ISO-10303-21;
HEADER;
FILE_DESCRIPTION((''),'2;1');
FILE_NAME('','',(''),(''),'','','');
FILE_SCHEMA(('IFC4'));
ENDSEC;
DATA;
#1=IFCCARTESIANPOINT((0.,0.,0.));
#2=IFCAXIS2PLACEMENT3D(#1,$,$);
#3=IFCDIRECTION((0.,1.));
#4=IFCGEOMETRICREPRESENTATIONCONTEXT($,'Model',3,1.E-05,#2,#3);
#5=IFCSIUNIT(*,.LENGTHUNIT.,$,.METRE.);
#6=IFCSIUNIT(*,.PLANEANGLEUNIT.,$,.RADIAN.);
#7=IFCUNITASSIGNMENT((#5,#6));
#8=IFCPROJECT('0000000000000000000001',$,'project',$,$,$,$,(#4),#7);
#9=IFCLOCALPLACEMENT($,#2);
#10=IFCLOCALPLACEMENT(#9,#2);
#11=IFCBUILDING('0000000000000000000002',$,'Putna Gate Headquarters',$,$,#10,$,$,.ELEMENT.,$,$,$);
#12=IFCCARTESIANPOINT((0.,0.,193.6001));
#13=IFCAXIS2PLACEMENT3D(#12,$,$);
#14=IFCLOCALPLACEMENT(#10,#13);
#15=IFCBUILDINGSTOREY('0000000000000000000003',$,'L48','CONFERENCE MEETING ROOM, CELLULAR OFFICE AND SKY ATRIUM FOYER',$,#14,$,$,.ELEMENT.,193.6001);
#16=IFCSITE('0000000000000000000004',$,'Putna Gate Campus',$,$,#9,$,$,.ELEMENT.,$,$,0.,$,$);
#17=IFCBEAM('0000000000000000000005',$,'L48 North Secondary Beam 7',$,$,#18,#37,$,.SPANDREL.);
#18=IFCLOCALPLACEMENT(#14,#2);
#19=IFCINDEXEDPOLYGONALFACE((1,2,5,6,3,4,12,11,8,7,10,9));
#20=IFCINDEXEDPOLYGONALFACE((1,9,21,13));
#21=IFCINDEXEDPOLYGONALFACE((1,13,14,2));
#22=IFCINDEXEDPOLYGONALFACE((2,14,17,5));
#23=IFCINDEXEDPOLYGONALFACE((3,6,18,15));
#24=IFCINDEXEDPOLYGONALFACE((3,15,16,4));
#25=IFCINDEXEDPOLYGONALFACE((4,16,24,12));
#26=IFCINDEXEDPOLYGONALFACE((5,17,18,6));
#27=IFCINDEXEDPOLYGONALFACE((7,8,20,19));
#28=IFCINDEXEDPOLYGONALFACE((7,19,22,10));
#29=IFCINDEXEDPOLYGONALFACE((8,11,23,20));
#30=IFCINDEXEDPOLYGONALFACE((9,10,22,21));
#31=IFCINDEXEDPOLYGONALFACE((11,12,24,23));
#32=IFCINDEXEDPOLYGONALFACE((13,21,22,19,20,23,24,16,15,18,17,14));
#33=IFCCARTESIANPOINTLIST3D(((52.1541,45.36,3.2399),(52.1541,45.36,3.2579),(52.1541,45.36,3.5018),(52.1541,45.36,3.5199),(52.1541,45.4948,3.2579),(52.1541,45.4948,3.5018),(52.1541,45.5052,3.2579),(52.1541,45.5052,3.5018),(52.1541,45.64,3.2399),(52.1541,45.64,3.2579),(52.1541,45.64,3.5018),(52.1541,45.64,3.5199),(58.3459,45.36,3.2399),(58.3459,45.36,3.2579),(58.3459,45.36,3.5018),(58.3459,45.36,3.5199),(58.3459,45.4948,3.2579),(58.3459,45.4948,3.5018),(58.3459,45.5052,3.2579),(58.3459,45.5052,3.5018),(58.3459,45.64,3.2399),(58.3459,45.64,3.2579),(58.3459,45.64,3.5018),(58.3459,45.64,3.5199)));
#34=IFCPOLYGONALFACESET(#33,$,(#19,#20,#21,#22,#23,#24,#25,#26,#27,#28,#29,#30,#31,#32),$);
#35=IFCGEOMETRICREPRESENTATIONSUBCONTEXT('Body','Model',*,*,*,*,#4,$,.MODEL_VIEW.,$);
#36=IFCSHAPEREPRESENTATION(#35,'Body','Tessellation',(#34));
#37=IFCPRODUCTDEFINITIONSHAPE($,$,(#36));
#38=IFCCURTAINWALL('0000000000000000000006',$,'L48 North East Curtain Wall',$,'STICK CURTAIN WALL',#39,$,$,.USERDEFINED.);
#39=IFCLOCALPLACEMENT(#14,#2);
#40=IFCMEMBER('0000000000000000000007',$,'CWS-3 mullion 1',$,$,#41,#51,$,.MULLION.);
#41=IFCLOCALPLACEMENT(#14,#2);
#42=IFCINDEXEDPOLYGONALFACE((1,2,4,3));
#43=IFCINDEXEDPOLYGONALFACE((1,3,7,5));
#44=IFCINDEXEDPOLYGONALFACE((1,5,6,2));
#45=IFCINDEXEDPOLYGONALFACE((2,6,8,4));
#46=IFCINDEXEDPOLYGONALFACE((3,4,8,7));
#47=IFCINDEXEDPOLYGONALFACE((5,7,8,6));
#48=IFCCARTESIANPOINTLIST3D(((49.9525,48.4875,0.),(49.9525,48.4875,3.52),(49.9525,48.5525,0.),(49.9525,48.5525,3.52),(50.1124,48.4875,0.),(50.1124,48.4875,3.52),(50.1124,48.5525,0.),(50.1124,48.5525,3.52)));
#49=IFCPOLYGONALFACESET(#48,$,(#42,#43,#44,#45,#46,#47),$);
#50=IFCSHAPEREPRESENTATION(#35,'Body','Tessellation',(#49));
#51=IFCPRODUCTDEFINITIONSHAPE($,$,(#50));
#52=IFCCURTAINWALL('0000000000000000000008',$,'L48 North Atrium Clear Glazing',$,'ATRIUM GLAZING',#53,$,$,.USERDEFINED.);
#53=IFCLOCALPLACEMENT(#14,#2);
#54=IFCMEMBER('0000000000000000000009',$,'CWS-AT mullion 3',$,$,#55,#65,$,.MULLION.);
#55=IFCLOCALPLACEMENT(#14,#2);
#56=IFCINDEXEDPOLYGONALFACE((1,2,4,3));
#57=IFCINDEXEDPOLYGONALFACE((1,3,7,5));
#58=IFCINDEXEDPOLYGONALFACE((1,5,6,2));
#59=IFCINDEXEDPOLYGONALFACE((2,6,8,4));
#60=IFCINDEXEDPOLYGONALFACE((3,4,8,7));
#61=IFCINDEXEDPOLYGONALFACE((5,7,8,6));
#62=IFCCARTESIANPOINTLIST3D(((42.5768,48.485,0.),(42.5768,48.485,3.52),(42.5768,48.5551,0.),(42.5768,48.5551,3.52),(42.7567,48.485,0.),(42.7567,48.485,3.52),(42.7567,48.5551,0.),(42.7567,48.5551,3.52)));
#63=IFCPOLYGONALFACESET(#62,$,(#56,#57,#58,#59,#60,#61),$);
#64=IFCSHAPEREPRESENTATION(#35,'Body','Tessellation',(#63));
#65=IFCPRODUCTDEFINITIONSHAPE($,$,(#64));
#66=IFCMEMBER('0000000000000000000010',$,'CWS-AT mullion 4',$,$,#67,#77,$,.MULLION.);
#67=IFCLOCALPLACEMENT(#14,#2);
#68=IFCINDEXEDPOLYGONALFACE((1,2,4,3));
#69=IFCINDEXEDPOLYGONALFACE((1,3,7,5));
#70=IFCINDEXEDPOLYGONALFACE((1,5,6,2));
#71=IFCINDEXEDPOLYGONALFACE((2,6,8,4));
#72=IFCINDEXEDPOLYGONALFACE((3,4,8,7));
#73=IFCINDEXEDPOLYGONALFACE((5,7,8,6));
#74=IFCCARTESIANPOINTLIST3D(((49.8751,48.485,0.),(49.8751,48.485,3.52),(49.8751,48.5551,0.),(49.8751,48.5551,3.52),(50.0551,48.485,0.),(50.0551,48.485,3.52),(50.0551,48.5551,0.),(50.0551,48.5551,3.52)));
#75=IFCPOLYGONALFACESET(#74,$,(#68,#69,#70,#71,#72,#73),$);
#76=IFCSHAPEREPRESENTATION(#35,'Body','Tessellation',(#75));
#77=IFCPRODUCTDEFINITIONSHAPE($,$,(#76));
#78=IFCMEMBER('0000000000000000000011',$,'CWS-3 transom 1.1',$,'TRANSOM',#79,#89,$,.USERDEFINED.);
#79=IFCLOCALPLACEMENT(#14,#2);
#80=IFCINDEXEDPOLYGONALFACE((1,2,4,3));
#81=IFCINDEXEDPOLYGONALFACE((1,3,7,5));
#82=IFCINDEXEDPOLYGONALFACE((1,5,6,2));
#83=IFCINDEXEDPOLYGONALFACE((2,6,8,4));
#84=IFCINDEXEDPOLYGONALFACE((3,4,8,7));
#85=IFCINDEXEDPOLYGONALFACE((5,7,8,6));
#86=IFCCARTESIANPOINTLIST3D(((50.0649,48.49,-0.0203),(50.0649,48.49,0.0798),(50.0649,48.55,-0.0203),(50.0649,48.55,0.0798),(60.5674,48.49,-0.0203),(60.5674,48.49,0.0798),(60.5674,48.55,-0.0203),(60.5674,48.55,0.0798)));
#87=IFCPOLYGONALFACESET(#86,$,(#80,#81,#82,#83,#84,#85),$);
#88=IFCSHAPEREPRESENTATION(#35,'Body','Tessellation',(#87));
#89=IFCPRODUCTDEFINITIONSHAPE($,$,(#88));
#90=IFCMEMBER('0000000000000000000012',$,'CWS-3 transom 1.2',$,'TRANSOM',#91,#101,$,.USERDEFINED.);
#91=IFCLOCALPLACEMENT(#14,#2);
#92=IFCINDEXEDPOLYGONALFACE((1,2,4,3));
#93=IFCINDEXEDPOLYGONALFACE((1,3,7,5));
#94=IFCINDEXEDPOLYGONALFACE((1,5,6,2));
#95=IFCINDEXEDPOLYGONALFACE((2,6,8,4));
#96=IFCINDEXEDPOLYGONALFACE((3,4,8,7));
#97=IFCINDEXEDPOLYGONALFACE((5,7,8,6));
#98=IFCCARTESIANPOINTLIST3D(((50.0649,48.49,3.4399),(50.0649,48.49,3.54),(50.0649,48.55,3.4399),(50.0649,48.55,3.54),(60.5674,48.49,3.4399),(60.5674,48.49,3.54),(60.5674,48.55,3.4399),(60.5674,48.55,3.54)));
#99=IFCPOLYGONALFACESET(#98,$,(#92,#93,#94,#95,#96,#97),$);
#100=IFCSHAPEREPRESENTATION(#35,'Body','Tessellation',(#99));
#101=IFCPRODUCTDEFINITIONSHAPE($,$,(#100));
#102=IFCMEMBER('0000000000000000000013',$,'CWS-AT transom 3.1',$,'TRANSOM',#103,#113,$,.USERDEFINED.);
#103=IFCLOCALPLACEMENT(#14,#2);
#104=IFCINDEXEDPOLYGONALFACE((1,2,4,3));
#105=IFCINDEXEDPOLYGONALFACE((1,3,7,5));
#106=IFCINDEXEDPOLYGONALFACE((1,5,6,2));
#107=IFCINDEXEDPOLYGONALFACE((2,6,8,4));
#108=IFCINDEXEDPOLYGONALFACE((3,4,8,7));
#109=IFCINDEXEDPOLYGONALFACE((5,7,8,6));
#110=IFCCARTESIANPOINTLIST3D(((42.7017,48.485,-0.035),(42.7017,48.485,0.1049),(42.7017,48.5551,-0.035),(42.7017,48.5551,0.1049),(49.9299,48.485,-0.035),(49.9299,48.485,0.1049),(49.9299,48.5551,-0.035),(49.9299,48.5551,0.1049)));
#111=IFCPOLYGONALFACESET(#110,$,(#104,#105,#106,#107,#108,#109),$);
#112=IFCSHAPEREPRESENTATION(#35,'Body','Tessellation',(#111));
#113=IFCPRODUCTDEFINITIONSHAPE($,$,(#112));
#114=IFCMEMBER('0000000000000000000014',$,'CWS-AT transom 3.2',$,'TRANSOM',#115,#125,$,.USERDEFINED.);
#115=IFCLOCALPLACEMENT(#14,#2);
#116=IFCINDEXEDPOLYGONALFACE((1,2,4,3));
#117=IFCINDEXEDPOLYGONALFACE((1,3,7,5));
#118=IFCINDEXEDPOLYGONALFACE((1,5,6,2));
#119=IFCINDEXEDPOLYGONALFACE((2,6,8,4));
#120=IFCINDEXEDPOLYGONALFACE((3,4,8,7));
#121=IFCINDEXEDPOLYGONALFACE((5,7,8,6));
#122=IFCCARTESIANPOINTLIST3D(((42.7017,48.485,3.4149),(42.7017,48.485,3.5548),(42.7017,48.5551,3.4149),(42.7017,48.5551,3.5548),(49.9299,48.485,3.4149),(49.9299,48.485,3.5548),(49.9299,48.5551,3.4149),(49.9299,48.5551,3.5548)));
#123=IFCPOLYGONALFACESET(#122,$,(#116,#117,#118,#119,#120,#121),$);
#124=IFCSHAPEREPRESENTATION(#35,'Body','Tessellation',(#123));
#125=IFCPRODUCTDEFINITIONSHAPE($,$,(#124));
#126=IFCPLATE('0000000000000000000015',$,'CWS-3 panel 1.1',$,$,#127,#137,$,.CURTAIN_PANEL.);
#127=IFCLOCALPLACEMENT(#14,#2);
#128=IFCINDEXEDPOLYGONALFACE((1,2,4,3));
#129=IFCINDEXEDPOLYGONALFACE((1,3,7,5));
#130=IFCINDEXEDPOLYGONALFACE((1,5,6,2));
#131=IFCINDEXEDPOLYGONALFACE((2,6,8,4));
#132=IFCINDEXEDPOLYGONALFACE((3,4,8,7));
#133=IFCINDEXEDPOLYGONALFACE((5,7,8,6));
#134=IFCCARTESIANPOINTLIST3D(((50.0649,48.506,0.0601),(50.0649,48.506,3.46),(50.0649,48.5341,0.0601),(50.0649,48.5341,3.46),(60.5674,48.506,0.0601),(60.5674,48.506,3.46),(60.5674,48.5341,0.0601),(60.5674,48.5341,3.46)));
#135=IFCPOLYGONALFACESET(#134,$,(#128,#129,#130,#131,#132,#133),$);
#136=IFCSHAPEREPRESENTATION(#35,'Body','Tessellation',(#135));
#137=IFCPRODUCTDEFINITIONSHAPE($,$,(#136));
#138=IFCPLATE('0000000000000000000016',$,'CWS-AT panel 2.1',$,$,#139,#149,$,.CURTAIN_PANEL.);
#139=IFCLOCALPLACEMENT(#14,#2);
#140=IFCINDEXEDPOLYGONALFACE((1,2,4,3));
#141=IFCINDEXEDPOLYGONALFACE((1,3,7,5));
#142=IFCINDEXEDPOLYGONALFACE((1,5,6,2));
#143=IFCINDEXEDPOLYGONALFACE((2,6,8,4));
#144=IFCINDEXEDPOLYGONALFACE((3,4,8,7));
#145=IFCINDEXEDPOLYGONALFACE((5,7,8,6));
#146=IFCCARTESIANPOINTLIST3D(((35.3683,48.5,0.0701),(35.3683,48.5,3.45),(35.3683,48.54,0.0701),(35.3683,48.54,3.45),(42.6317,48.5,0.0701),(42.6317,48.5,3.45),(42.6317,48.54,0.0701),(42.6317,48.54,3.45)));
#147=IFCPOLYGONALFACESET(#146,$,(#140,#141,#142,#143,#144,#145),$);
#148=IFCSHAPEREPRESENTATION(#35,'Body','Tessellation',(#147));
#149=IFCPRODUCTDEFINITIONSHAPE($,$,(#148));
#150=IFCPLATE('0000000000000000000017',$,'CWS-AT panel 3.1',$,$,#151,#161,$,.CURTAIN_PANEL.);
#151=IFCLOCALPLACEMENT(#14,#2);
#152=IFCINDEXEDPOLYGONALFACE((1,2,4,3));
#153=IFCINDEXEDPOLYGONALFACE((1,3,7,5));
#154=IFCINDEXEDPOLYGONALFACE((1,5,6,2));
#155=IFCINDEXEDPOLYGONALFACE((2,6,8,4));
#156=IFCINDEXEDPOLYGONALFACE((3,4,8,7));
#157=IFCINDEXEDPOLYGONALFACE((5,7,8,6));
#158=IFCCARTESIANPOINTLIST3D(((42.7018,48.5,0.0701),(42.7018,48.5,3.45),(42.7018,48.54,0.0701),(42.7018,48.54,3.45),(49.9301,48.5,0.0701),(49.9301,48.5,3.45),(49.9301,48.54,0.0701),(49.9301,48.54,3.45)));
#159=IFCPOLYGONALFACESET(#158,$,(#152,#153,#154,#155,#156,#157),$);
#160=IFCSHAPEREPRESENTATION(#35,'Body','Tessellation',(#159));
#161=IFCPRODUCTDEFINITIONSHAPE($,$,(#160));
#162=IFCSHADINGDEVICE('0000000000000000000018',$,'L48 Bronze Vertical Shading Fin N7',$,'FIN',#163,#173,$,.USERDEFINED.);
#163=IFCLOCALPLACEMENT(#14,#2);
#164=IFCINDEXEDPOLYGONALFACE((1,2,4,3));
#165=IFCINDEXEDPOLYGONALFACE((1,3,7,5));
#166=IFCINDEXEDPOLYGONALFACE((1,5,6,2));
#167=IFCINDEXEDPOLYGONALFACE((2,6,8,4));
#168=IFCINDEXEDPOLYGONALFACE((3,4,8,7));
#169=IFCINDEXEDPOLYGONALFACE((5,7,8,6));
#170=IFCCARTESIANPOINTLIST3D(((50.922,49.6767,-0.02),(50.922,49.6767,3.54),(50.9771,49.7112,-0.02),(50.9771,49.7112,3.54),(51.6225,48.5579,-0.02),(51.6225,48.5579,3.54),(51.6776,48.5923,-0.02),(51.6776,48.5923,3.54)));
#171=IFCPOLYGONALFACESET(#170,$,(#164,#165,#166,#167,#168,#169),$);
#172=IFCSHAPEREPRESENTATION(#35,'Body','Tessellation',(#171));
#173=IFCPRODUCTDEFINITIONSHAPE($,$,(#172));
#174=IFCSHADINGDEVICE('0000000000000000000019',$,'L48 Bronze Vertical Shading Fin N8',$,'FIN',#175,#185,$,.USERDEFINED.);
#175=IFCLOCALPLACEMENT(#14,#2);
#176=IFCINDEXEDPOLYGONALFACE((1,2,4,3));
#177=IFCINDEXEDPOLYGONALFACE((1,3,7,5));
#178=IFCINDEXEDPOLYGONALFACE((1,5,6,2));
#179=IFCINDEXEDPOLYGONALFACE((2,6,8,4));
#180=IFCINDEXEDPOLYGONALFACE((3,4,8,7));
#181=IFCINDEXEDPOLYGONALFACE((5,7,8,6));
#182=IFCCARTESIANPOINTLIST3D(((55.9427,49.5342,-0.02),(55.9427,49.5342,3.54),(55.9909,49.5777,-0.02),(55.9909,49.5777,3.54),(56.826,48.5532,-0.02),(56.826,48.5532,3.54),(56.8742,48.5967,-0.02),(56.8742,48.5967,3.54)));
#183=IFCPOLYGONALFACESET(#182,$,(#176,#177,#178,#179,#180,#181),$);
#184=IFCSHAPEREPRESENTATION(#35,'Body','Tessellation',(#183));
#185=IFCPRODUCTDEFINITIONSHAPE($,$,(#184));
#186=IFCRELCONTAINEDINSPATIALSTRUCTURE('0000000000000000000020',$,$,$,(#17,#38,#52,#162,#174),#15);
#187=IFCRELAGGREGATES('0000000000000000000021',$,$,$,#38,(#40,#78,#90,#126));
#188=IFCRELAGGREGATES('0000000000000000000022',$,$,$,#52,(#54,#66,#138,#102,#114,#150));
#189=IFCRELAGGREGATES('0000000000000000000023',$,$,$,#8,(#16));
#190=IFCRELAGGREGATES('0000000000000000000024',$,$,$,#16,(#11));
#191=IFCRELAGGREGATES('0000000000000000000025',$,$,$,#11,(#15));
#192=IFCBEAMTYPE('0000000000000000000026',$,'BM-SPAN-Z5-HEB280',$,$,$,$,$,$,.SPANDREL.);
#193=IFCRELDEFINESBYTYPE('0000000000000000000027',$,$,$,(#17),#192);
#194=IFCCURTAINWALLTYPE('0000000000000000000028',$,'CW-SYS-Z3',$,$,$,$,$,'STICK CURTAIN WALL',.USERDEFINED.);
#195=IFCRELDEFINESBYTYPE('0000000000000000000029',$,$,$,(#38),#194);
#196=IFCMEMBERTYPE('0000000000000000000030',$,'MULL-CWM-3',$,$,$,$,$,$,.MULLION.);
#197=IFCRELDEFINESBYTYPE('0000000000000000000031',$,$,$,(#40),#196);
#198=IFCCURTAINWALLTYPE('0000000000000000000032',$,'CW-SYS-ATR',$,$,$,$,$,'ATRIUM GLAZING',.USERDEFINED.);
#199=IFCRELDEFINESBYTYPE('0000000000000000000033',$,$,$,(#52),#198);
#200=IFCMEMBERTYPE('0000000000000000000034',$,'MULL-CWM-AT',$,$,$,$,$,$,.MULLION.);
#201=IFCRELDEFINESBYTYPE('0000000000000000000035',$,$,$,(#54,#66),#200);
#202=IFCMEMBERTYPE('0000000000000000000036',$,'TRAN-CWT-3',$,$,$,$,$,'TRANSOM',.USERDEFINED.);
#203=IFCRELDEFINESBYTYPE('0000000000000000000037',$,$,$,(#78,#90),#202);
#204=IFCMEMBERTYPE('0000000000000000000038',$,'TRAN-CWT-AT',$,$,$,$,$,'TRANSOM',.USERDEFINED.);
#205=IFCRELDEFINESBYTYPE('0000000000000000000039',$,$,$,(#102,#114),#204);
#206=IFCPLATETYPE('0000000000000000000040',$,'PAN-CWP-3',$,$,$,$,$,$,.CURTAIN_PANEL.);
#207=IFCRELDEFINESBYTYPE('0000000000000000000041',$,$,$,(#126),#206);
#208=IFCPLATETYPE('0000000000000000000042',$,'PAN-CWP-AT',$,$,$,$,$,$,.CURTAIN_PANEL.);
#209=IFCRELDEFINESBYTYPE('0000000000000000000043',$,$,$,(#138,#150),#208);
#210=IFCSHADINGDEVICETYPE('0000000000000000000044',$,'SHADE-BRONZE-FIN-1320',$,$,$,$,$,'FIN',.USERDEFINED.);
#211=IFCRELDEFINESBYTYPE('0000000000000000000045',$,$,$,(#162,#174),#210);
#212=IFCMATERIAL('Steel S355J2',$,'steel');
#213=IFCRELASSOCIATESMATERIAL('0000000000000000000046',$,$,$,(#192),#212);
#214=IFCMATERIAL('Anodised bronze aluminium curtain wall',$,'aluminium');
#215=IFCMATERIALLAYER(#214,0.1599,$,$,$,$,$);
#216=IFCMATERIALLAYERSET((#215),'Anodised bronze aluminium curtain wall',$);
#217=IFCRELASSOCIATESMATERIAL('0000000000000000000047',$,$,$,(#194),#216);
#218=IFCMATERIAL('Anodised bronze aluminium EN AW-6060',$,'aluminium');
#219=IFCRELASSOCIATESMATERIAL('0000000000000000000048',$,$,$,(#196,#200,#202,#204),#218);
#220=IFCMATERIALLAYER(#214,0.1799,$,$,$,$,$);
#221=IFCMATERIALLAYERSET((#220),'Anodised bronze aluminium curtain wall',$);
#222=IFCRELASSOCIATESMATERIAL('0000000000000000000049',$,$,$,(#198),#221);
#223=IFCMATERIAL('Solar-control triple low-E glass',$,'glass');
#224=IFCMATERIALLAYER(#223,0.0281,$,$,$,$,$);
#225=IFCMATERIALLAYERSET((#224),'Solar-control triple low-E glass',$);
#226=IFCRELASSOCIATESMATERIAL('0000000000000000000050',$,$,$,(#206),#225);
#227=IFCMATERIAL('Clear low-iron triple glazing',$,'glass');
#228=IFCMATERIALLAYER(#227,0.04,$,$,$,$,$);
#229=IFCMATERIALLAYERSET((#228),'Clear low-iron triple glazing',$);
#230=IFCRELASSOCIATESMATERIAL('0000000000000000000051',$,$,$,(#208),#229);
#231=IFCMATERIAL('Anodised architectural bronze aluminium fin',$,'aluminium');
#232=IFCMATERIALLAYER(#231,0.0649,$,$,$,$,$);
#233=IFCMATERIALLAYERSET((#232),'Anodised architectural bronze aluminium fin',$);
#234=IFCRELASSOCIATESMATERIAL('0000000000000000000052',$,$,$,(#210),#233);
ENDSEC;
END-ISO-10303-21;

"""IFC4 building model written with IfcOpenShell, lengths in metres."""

from ifc_helpers import new_model, si_unit, direction, frame, origin, origin_2d, place, context, subcontext, project, spatial, rectangle, i_section, extrude, material, layer, layer_set, material_profile, profile_set, type_object, element, aggregate, save


model = new_model("IFC4")

# Units and contexts
model_context = context("Model", 3, precision=1e-05, world=origin(), true_north=direction((0.0, 1.0)))
body_context = subcontext(model_context, "Body", "Model", "MODEL_VIEW")
ifc_project = project(units=[si_unit("LENGTHUNIT", "METRE"), si_unit("PLANEANGLEUNIT", "RADIAN")], contexts=[model_context])

# Site, building, storey
site_placement = place(None, origin())
site = spatial("IfcSite", under=ifc_project, at=site_placement, Name="Putna Gate Campus", CompositionType="ELEMENT", RefElevation=0.0)
building_placement = place(site_placement, origin())
building = spatial("IfcBuilding", under=site, at=building_placement, Name="Putna Gate Headquarters", CompositionType="ELEMENT")
storey_placement = place(building_placement, frame((0.0, 0.0, 193.6001)))
storey = spatial("IfcBuildingStorey", under=building, at=storey_placement, Name="L48", Description="CONFERENCE MEETING ROOM, CELLULAR OFFICE AND SKY ATRIUM FOYER", CompositionType="ELEMENT", Elevation=193.6001)

# Beam
ifc_material_1 = material(Name="Steel S355J2", Category="steel")
ifc_material_profile_1 = material_profile(ifc_material_1, i_section(OverallWidth=0.28, OverallDepth=0.28, WebThickness=0.0105, FlangeThickness=0.0181, at=origin_2d()), Name="Steel S355J2")
ifc_profile_set_1 = profile_set([ifc_material_profile_1], Name="Steel S355J2")
beam_type_1 = type_object("IfcBeamType", Name="BM-SPAN-Z5-HEB280", PredefinedType="SPANDREL", material=ifc_profile_set_1)
beam_1_placement = place(storey_placement, frame((52.1541, 45.5, 3.3799), z_axis=(1.0, 0.0, 0.0), x_axis=(0.0, 1.0, 0.0)))
element("IfcBeam", 1, at=beam_1_placement, inside=storey, type_object=beam_type_1, Name="L48 North Secondary Beam 7", PredefinedType="SPANDREL", context=body_context, shape_type="SweptSolid", body=[
    extrude(i_section(OverallWidth=0.28, OverallDepth=0.28, WebThickness=0.0105, FlangeThickness=0.0181, at=origin_2d()), origin(), (0.0, 0.0, 1.0), 6.1919),
])

# Curtain wall, member
ifc_material_2 = material(Name="Anodised bronze aluminium curtain wall", Category="aluminium")
ifc_layer_1 = layer(ifc_material_2, 0.1599)
ifc_layer_set_1 = layer_set([ifc_layer_1], Name="Anodised bronze aluminium curtain wall")
curtain_wall_type_1 = type_object("IfcCurtainWallType", Name="CW-SYS-Z3", ElementType="STICK CURTAIN WALL", PredefinedType="USERDEFINED", material=ifc_layer_set_1)
curtain_wall_1_placement = place(storey_placement, origin())
curtain_wall_1 = element("IfcCurtainWall", 2, at=curtain_wall_1_placement, inside=storey, type_object=curtain_wall_type_1, Name="L48 North East Curtain Wall", ObjectType="STICK CURTAIN WALL", PredefinedType="USERDEFINED")
ifc_material_3 = material(Name="Anodised bronze aluminium EN AW-6060", Category="aluminium")
ifc_material_profile_2 = material_profile(ifc_material_3, rectangle(XDim=0.0649, YDim=0.1599, at=origin_2d()), Name="Anodised bronze aluminium EN AW-6060")
ifc_profile_set_2 = profile_set([ifc_material_profile_2], Name="Anodised bronze aluminium EN AW-6060")
member_type_1 = type_object("IfcMemberType", Name="MULL-CWM-3", PredefinedType="MULLION", material=ifc_profile_set_2)
member_1_placement = place(storey_placement, frame((50.0325, 48.52, 0.0), z_axis=(0.0, 0.0, 1.0), x_axis=(0.0, 1.0, 0.0)))
member_1 = element("IfcMember", 3, at=member_1_placement, type_object=member_type_1, Name="CWS-3 mullion 1", PredefinedType="MULLION", context=body_context, shape_type="SweptSolid", body=[
    extrude(rectangle(XDim=0.0649, YDim=0.1599, at=origin_2d()), origin(), (0.0, 0.0, 1.0), 3.52),
])

# Curtain wall, members
ifc_layer_2 = layer(ifc_material_2, 0.1799)
ifc_layer_set_2 = layer_set([ifc_layer_2], Name="Anodised bronze aluminium curtain wall")
curtain_wall_type_2 = type_object("IfcCurtainWallType", Name="CW-SYS-ATR", ElementType="ATRIUM GLAZING", PredefinedType="USERDEFINED", material=ifc_layer_set_2)
curtain_wall_2_placement = place(storey_placement, origin())
curtain_wall_2 = element("IfcCurtainWall", 4, at=curtain_wall_2_placement, inside=storey, type_object=curtain_wall_type_2, Name="L48 North Atrium Clear Glazing", ObjectType="ATRIUM GLAZING", PredefinedType="USERDEFINED")
ifc_material_profile_3 = material_profile(ifc_material_3, rectangle(XDim=0.0701, YDim=0.1799, at=origin_2d()), Name="Anodised bronze aluminium EN AW-6060")
ifc_profile_set_3 = profile_set([ifc_material_profile_3], Name="Anodised bronze aluminium EN AW-6060")
member_type_2 = type_object("IfcMemberType", Name="MULL-CWM-AT", PredefinedType="MULLION", material=ifc_profile_set_3)
member_2_placement = place(storey_placement, frame((42.6667, 48.52, 0.0), z_axis=(0.0, 0.0, 1.0), x_axis=(0.0, 1.0, 0.0)))
member_2 = element("IfcMember", 5, at=member_2_placement, type_object=member_type_2, Name="CWS-AT mullion 3", PredefinedType="MULLION", context=body_context, shape_type="SweptSolid", body=[
    extrude(rectangle(XDim=0.0701, YDim=0.1799, at=origin_2d()), origin(), (0.0, 0.0, 1.0), 3.52),
])
member_3_placement = place(storey_placement, frame((49.9651, 48.52, 0.0), z_axis=(0.0, 0.0, 1.0), x_axis=(0.0, 1.0, 0.0)))
member_3 = element("IfcMember", 6, at=member_3_placement, type_object=member_type_2, Name="CWS-AT mullion 4", PredefinedType="MULLION", context=body_context, shape_type="SweptSolid", body=[
    extrude(rectangle(XDim=0.0701, YDim=0.1799, at=origin_2d()), origin(), (0.0, 0.0, 1.0), 3.52),
])

# Members
ifc_material_profile_4 = material_profile(ifc_material_3, rectangle(XDim=0.0601, YDim=0.1001, at=origin_2d()), Name="Anodised bronze aluminium EN AW-6060")
ifc_profile_set_4 = profile_set([ifc_material_profile_4], Name="Anodised bronze aluminium EN AW-6060")
member_type_3 = type_object("IfcMemberType", Name="TRAN-CWT-3", ElementType="TRANSOM", PredefinedType="USERDEFINED", material=ifc_profile_set_4)
member_4_placement = place(storey_placement, frame((50.0649, 48.52, 0.0298), z_axis=(1.0, 0.0, 0.0), x_axis=(0.0, 1.0, 0.0)))
member_4 = element("IfcMember", 7, at=member_4_placement, type_object=member_type_3, Name="CWS-3 transom 1.1", ObjectType="TRANSOM", PredefinedType="USERDEFINED", context=body_context, shape_type="SweptSolid", body=[
    extrude(rectangle(XDim=0.0601, YDim=0.1001, at=origin_2d()), origin(), (0.0, 0.0, 1.0), 10.5024),
])
member_5_placement = place(storey_placement, frame((50.0649, 48.52, 3.49), z_axis=(1.0, 0.0, 0.0), x_axis=(0.0, 1.0, 0.0)))
member_5 = element("IfcMember", 8, at=member_5_placement, type_object=member_type_3, Name="CWS-3 transom 1.2", ObjectType="TRANSOM", PredefinedType="USERDEFINED", context=body_context, shape_type="SweptSolid", body=[
    extrude(rectangle(XDim=0.0601, YDim=0.1001, at=origin_2d()), origin(), (0.0, 0.0, 1.0), 10.5024),
])
ifc_material_profile_5 = material_profile(ifc_material_3, rectangle(XDim=0.0701, YDim=0.1399, at=origin_2d()), Name="Anodised bronze aluminium EN AW-6060")
ifc_profile_set_5 = profile_set([ifc_material_profile_5], Name="Anodised bronze aluminium EN AW-6060")
member_type_4 = type_object("IfcMemberType", Name="TRAN-CWT-AT", ElementType="TRANSOM", PredefinedType="USERDEFINED", material=ifc_profile_set_5)
member_6_placement = place(storey_placement, frame((42.7017, 48.52, 0.0349), z_axis=(1.0, 0.0, 0.0), x_axis=(0.0, 1.0, 0.0)))
member_6 = element("IfcMember", 9, at=member_6_placement, type_object=member_type_4, Name="CWS-AT transom 3.1", ObjectType="TRANSOM", PredefinedType="USERDEFINED", context=body_context, shape_type="SweptSolid", body=[
    extrude(rectangle(XDim=0.0701, YDim=0.1399, at=origin_2d()), origin(), (0.0, 0.0, 1.0), 7.2283),
])
member_7_placement = place(storey_placement, frame((42.7017, 48.52, 3.4849), z_axis=(1.0, 0.0, 0.0), x_axis=(0.0, 1.0, 0.0)))
member_7 = element("IfcMember", 10, at=member_7_placement, type_object=member_type_4, Name="CWS-AT transom 3.2", ObjectType="TRANSOM", PredefinedType="USERDEFINED", context=body_context, shape_type="SweptSolid", body=[
    extrude(rectangle(XDim=0.0701, YDim=0.1399, at=origin_2d()), origin(), (0.0, 0.0, 1.0), 7.2283),
])

# Plates
ifc_material_4 = material(Name="Solar-control triple low-E glass", Category="glass")
ifc_layer_3 = layer(ifc_material_4, 0.0281)
ifc_layer_set_3 = layer_set([ifc_layer_3], Name="Solar-control triple low-E glass")
plate_type_1 = type_object("IfcPlateType", Name="PAN-CWP-3", PredefinedType="CURTAIN_PANEL", material=ifc_layer_set_3)
plate_1_placement = place(storey_placement, frame((55.3162, 48.52, 0.0601), z_axis=(0.0, 0.0, 1.0), x_axis=(1.0, 0.0, 0.0)))
plate_1 = element("IfcPlate", 11, at=plate_1_placement, type_object=plate_type_1, Name="CWS-3 panel 1.1", PredefinedType="CURTAIN_PANEL", context=body_context, shape_type="SweptSolid", body=[
    extrude(rectangle(XDim=10.5024, YDim=0.0281, at=origin_2d()), origin(), (0.0, 0.0, 1.0), 3.3999),
])
aggregate(curtain_wall_1, [member_1, member_4, member_5, plate_1])
ifc_material_5 = material(Name="Clear low-iron triple glazing", Category="glass")
ifc_layer_4 = layer(ifc_material_5, 0.04)
ifc_layer_set_4 = layer_set([ifc_layer_4], Name="Clear low-iron triple glazing")
plate_type_2 = type_object("IfcPlateType", Name="PAN-CWP-AT", PredefinedType="CURTAIN_PANEL", material=ifc_layer_set_4)
plate_2_placement = place(storey_placement, frame((39.0, 48.52, 0.0701), z_axis=(0.0, 0.0, 1.0), x_axis=(1.0, 0.0, 0.0)))
plate_2 = element("IfcPlate", 12, at=plate_2_placement, type_object=plate_type_2, Name="CWS-AT panel 2.1", PredefinedType="CURTAIN_PANEL", context=body_context, shape_type="SweptSolid", body=[
    extrude(rectangle(XDim=7.2634, YDim=0.04, at=origin_2d()), origin(), (0.0, 0.0, 1.0), 3.3799),
])
plate_3_placement = place(storey_placement, frame((46.3159, 48.52, 0.0701), z_axis=(0.0, 0.0, 1.0), x_axis=(1.0, 0.0, 0.0)))
plate_3 = element("IfcPlate", 13, at=plate_3_placement, type_object=plate_type_2, Name="CWS-AT panel 3.1", PredefinedType="CURTAIN_PANEL", context=body_context, shape_type="SweptSolid", body=[
    extrude(rectangle(XDim=7.2283, YDim=0.04, at=origin_2d()), origin(), (0.0, 0.0, 1.0), 3.3799),
])
aggregate(curtain_wall_2, [member_2, member_3, plate_2, member_6, member_7, plate_3])

# Shading devices
ifc_material_6 = material(Name="Anodised architectural bronze aluminium fin", Category="aluminium")
ifc_layer_5 = layer(ifc_material_6, 0.0649)
ifc_layer_set_5 = layer_set([ifc_layer_5], Name="Anodised architectural bronze aluminium fin")
shading_device_type = type_object("IfcShadingDeviceType", Name="SHADE-BRONZE-FIN-1320", ElementType="FIN", PredefinedType="USERDEFINED", material=ifc_layer_set_5)
for number, where, z_axis, x_axis, name in (
    (14, (51.2998, 49.1345, -0.02), (0.0, 0.0, 1.0), (-0.530659, 0.847585, 0.0), "L48 Bronze Vertical Shading Fin N7"),
    (15, (56.4084, 49.0654, -0.02), (0.0, 0.0, 1.0), (-0.669131, 0.743145, 0.0), "L48 Bronze Vertical Shading Fin N8"),
):
    element("IfcShadingDevice", number, at=place(storey_placement, frame(where, z_axis=z_axis, x_axis=x_axis)), inside=storey, type_object=shading_device_type, Name=name, ObjectType="FIN", PredefinedType="USERDEFINED", context=body_context, shape_type="SweptSolid", body=[
        extrude(rectangle(XDim=1.3201, YDim=0.0649, at=origin_2d()), origin(), (0.0, 0.0, 1.0), 3.5601),
    ])

save(model, "model.ifc")
